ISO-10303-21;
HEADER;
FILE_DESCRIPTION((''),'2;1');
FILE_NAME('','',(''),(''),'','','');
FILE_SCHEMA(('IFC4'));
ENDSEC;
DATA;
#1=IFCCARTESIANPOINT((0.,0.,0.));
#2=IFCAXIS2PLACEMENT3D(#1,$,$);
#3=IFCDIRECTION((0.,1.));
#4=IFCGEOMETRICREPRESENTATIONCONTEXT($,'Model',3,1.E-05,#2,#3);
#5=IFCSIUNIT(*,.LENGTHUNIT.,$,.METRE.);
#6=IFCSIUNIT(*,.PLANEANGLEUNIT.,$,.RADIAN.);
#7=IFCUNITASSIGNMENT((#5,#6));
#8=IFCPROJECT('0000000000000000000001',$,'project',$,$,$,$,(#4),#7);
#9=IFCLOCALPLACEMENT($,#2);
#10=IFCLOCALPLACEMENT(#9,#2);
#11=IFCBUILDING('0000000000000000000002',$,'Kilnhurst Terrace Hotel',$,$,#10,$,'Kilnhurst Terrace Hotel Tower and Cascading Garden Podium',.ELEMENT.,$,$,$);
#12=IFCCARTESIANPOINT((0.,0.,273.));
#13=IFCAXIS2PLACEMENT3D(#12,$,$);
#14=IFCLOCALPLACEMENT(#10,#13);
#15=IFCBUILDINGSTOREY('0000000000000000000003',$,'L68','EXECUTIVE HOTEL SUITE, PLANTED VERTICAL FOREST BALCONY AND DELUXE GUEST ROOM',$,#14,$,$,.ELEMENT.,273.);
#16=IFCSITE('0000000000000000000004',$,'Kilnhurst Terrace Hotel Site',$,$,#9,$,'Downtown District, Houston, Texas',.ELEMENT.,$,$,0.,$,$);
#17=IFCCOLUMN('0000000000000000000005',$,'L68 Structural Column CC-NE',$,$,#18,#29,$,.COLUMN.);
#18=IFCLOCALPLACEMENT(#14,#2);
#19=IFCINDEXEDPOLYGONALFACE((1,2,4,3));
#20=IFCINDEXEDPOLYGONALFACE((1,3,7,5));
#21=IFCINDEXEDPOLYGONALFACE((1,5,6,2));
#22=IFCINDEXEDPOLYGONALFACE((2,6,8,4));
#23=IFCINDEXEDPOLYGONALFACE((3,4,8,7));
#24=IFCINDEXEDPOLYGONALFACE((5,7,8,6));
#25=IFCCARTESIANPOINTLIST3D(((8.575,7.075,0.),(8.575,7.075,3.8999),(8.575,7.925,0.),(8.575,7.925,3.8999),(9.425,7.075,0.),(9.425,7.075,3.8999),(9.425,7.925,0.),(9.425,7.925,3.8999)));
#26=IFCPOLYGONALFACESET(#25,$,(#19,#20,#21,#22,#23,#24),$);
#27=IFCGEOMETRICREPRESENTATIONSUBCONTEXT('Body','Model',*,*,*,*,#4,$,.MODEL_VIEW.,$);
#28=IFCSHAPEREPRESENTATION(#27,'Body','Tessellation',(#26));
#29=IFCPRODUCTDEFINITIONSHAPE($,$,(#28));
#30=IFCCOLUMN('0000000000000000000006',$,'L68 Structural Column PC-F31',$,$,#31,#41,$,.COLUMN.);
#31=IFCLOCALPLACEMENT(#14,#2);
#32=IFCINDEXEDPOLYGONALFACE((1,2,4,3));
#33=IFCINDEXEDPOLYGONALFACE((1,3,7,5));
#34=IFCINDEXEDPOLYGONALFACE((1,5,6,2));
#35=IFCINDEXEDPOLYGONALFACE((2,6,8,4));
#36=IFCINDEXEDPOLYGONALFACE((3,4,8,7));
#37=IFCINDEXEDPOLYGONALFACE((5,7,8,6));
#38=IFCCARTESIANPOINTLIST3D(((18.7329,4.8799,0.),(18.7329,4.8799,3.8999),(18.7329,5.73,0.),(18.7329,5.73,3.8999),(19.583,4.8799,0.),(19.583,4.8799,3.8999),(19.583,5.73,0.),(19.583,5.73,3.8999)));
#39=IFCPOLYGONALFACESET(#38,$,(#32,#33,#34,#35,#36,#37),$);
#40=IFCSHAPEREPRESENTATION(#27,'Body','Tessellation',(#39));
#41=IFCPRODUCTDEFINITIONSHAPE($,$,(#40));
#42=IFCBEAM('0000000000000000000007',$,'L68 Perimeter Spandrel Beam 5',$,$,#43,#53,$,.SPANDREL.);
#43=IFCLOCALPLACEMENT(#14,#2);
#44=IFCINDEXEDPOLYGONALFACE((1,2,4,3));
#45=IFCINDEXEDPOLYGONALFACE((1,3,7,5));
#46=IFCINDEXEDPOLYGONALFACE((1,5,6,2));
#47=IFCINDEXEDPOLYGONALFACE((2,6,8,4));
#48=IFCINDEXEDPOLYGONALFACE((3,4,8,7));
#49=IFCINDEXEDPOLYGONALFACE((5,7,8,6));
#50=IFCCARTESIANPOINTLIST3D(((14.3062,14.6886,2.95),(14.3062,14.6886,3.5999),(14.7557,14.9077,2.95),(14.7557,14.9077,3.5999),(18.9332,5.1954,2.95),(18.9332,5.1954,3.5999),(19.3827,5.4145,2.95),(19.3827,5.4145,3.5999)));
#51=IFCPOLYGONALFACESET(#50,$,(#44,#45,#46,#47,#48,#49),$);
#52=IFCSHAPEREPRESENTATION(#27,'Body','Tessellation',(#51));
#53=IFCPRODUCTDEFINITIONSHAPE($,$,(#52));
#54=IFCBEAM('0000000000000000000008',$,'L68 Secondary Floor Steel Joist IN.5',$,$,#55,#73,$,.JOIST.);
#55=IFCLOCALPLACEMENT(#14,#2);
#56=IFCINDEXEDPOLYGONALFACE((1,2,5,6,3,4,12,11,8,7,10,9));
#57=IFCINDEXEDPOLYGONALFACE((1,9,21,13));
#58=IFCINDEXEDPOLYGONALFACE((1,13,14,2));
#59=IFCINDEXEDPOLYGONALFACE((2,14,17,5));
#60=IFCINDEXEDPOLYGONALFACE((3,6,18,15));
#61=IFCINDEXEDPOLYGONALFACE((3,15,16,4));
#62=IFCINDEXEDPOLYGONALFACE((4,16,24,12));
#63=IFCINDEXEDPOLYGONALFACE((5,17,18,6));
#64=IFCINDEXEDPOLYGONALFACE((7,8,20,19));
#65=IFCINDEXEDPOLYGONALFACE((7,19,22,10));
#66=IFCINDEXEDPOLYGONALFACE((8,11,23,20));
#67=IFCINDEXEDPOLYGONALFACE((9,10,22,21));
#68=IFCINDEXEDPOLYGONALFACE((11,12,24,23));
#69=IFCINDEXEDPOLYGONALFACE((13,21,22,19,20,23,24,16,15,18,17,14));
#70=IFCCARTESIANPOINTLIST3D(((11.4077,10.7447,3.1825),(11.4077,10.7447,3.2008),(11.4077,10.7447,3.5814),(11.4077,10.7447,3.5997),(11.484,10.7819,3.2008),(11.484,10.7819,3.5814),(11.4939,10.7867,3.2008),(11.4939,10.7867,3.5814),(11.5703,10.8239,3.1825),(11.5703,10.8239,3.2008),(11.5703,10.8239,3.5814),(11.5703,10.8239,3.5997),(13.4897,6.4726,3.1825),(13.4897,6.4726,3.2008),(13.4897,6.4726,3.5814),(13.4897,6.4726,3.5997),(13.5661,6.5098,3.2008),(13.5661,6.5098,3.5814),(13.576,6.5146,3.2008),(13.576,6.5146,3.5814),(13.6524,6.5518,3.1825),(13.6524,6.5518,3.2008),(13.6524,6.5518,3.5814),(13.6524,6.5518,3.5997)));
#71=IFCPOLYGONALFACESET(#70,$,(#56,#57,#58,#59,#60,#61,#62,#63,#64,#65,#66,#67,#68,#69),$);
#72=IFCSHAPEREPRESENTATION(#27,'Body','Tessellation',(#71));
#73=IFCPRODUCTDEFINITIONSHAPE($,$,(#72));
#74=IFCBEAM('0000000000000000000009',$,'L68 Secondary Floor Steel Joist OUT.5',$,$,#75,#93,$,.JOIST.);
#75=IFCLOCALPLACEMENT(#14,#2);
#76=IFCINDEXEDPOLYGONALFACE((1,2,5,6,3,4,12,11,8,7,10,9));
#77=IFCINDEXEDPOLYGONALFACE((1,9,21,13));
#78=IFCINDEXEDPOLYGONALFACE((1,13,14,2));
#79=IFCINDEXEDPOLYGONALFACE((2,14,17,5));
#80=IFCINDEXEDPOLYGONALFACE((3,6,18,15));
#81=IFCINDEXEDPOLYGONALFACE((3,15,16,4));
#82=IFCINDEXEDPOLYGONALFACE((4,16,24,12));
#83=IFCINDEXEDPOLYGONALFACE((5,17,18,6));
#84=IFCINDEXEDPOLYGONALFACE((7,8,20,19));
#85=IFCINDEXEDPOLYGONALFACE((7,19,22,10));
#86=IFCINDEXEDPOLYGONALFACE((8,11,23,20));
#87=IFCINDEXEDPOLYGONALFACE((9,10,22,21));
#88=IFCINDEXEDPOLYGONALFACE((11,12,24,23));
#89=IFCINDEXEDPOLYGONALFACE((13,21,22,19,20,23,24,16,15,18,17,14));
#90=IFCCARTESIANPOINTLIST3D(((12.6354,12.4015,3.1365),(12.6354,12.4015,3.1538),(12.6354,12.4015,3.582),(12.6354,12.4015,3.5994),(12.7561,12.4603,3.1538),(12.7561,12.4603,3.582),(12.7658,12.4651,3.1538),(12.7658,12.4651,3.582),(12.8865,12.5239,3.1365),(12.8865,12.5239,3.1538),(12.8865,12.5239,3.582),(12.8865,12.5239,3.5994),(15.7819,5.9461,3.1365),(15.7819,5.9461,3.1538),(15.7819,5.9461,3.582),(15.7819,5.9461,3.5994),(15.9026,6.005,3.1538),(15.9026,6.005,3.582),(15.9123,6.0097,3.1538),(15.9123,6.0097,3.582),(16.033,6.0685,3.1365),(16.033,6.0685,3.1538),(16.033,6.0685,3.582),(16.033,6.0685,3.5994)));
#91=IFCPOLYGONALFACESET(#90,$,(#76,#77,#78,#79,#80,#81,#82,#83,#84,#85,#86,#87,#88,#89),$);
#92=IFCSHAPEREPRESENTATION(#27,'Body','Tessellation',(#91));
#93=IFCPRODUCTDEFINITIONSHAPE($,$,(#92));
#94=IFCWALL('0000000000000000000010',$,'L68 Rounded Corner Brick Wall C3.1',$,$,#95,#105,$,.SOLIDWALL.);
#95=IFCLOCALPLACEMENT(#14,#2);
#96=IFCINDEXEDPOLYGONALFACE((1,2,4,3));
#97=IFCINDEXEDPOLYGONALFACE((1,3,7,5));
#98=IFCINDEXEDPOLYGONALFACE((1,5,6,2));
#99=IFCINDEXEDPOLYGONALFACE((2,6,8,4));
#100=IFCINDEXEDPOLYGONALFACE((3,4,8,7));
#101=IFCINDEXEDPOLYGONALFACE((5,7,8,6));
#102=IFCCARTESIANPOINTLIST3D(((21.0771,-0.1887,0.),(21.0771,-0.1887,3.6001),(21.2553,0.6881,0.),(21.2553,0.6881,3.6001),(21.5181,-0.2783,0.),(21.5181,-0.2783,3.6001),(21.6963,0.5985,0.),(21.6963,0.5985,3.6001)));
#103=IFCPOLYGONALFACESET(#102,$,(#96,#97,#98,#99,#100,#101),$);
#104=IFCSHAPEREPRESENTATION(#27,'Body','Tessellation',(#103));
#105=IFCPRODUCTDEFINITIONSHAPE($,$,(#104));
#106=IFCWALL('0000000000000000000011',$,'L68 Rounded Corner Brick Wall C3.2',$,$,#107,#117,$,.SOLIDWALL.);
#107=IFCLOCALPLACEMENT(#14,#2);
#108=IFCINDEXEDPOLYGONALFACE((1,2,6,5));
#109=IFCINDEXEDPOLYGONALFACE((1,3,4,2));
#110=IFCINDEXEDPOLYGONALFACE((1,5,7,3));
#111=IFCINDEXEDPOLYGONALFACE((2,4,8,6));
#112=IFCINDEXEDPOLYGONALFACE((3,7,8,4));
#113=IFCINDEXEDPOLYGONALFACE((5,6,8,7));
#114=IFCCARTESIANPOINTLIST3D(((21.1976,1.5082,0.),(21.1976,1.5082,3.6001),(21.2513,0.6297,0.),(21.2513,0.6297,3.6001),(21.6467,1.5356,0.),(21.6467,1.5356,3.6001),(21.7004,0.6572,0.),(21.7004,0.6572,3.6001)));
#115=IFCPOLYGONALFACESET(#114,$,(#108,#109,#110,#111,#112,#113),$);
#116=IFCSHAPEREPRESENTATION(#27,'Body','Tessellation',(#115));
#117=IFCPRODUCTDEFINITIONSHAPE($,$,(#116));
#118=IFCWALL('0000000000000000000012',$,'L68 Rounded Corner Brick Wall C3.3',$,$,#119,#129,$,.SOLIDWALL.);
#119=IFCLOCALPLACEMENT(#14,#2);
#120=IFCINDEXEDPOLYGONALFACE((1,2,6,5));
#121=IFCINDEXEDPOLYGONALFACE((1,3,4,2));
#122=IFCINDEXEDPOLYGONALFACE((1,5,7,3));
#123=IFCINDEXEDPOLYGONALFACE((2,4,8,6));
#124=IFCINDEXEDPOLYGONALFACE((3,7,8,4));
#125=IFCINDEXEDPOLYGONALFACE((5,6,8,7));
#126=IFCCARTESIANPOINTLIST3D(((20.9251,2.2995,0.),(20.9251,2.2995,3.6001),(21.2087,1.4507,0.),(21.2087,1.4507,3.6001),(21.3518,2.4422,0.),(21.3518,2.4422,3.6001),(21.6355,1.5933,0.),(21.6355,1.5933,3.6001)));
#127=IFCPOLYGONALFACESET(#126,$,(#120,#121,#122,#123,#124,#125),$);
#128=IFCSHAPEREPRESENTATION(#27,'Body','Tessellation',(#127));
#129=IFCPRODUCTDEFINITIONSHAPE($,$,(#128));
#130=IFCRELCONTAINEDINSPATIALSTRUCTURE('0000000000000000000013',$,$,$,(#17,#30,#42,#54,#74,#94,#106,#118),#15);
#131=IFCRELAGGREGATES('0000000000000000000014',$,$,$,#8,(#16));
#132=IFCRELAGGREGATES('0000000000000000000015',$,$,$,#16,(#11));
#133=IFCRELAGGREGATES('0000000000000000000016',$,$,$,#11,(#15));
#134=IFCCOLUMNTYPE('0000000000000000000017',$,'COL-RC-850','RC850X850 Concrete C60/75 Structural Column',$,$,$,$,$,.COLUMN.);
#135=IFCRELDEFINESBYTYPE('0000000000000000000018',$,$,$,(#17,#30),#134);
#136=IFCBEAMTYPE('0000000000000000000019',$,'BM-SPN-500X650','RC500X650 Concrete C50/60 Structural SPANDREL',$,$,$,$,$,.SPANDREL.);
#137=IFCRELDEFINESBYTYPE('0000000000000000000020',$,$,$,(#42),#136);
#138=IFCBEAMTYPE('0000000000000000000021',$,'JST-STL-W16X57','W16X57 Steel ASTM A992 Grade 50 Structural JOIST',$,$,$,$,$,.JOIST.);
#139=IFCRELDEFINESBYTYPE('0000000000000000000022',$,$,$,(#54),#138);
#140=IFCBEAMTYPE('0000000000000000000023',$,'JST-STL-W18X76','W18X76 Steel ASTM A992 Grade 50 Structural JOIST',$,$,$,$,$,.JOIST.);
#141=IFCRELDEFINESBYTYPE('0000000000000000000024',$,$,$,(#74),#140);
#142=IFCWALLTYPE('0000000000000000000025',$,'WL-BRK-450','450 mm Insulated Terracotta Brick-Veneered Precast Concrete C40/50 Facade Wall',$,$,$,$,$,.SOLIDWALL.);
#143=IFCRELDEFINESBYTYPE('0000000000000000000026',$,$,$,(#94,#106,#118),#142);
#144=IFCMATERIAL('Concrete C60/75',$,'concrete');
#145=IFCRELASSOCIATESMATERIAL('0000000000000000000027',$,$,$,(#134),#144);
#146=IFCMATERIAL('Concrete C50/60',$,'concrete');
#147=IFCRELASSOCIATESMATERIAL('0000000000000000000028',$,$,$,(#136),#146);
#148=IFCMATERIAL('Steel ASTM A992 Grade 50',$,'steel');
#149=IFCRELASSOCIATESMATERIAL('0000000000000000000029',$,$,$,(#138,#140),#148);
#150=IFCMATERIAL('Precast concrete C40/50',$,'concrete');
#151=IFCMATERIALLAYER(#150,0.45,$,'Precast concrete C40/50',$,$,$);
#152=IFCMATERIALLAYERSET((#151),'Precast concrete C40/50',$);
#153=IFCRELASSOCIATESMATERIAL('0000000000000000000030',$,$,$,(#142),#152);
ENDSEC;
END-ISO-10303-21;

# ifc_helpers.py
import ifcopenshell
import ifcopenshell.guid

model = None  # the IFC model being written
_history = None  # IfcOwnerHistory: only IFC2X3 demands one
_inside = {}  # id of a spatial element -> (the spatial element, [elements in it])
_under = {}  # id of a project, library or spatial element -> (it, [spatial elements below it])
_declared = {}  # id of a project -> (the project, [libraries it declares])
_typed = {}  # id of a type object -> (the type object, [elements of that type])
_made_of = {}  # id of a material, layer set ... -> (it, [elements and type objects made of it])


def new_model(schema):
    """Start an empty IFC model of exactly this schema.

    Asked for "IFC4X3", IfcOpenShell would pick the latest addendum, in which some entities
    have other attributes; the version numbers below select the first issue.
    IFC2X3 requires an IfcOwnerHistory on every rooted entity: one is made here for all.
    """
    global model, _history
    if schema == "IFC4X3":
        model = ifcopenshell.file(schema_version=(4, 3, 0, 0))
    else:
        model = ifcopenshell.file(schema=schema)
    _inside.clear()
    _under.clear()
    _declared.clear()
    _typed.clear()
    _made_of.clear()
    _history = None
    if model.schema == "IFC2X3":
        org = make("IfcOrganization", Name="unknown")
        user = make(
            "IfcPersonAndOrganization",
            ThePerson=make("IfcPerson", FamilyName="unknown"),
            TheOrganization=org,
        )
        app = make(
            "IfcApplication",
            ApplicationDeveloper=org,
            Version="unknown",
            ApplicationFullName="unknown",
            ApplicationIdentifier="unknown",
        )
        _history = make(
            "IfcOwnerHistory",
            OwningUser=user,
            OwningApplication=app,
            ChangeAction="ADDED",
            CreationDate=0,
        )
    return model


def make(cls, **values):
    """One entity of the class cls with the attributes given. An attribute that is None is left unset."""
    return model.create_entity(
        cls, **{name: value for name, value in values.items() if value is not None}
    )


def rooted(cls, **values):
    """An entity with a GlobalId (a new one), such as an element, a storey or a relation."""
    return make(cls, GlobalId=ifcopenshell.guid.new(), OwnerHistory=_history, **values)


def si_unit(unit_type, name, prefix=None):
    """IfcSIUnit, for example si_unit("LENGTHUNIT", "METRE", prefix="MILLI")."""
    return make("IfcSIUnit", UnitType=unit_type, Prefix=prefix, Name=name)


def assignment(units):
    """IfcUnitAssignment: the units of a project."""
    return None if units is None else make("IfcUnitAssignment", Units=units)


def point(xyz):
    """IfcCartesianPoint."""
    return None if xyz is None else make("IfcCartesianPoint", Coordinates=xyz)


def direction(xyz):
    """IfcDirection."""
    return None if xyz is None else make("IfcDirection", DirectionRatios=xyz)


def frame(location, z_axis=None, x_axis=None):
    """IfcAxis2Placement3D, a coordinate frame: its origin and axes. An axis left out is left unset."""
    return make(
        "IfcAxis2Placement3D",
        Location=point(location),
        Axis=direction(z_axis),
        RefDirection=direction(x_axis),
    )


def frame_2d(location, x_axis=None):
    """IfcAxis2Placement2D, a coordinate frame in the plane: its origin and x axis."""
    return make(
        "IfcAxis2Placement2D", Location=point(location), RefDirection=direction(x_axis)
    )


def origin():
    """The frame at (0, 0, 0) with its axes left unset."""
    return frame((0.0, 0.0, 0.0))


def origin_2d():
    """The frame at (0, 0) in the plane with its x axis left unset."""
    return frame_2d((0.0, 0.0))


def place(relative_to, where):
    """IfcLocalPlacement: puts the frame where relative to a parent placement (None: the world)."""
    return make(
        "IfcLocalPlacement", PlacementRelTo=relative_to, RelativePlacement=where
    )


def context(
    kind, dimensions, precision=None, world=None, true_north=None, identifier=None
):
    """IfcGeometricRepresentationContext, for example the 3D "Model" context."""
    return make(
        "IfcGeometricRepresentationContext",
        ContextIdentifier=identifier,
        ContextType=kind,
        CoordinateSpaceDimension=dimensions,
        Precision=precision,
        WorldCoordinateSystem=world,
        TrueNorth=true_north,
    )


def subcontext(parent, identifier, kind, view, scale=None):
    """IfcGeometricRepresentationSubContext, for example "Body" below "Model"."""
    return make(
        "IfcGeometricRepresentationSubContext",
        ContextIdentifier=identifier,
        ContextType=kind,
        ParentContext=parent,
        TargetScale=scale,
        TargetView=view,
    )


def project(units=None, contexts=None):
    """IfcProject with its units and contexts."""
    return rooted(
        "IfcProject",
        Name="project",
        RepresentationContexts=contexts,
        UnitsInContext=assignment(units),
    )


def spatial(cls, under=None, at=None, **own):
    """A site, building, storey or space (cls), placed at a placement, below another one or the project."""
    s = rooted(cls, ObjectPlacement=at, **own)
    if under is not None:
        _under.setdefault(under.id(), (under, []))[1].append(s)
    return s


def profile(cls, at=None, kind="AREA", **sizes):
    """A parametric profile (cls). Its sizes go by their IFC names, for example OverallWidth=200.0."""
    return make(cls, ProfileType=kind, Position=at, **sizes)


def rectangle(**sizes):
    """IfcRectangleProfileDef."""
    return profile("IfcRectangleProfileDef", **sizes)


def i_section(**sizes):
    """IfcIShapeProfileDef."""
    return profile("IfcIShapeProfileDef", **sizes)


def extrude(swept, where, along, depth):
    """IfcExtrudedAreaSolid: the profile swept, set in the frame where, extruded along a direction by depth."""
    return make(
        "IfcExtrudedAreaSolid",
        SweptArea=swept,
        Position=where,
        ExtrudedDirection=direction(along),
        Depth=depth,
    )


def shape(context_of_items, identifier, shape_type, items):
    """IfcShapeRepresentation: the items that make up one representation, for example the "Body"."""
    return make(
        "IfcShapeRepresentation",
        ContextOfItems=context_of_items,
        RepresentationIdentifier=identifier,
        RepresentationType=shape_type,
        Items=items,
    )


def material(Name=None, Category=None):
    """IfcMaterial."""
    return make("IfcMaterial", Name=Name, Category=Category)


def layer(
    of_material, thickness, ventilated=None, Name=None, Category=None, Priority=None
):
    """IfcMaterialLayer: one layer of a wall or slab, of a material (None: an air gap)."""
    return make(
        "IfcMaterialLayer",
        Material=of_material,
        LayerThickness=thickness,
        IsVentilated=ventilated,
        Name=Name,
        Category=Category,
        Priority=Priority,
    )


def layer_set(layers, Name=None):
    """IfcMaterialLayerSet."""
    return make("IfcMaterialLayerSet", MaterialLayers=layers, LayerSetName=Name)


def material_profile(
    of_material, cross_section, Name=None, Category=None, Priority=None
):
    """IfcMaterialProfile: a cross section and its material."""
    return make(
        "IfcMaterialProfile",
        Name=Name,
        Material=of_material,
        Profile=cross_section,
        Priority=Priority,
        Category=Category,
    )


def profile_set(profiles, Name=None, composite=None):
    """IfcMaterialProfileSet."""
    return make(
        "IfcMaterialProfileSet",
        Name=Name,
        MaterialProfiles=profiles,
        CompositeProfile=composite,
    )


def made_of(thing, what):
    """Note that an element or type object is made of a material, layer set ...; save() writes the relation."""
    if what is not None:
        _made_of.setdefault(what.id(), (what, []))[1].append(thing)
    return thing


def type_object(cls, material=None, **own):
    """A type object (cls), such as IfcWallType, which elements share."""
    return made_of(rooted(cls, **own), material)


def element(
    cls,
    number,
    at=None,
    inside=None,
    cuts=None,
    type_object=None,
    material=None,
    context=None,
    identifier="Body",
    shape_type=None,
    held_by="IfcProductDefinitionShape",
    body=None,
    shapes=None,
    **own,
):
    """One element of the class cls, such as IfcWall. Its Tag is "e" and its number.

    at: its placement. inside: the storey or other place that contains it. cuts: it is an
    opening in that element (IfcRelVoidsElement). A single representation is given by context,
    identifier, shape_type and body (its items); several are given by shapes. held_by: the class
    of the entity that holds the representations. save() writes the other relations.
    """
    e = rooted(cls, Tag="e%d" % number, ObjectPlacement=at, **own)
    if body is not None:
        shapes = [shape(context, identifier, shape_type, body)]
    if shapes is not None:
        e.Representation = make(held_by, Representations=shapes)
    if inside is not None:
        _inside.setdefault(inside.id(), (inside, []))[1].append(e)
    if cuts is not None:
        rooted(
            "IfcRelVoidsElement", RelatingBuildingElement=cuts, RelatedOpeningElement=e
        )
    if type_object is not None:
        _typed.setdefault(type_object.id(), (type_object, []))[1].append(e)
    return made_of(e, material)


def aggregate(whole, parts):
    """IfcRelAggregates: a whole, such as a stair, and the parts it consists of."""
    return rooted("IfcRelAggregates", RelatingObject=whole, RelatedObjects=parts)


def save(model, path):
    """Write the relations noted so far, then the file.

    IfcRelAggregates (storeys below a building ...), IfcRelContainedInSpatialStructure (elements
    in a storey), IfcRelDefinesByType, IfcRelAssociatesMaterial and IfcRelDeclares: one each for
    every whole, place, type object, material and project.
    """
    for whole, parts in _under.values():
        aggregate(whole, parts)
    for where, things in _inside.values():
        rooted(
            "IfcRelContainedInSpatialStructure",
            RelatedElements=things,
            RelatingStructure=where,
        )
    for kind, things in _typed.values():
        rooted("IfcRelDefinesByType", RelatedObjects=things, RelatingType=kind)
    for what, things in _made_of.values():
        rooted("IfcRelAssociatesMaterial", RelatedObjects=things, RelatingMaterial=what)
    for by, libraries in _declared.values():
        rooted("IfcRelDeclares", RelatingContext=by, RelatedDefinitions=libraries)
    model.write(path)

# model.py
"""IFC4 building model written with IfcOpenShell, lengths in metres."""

from ifc_helpers import new_model, si_unit, direction, frame, frame_2d, origin, origin_2d, place, context, subcontext, project, spatial, rectangle, i_section, extrude, material, layer, layer_set, material_profile, profile_set, type_object, element, save


model = new_model("IFC4")

# Units and contexts
model_context = context("Model", 3, precision=1e-05, world=origin(), true_north=direction((0.0, 1.0)))
body_context = subcontext(model_context, "Body", "Model", "MODEL_VIEW")
ifc_project = project(units=[si_unit("LENGTHUNIT", "METRE"), si_unit("PLANEANGLEUNIT", "RADIAN")], contexts=[model_context])

# Site, building, storey
site_placement = place(None, origin())
site = spatial("IfcSite", under=ifc_project, at=site_placement, Name="Kilnhurst Terrace Hotel Site", LongName="Downtown District, Houston, Texas", CompositionType="ELEMENT", RefElevation=0.0)
building_placement = place(site_placement, origin())
building = spatial("IfcBuilding", under=site, at=building_placement, Name="Kilnhurst Terrace Hotel", LongName="Kilnhurst Terrace Hotel Tower and Cascading Garden Podium", CompositionType="ELEMENT")
storey_placement = place(building_placement, frame((0.0, 0.0, 273.0)))
storey = spatial("IfcBuildingStorey", under=building, at=storey_placement, Name="L68", Description="EXECUTIVE HOTEL SUITE, PLANTED VERTICAL FOREST BALCONY AND DELUXE GUEST ROOM", CompositionType="ELEMENT", Elevation=273.0)

# Columns
ifc_material_1 = material(Name="Concrete C60/75", Category="concrete")
ifc_material_profile_1 = material_profile(ifc_material_1, rectangle(XDim=0.8501, YDim=0.8501, at=origin_2d()), Name="RC850X850")
ifc_profile_set_1 = profile_set([ifc_material_profile_1], Name="Concrete C60/75")
column_type = type_object("IfcColumnType", Name="COL-RC-850", Description="RC850X850 Concrete C60/75 Structural Column", PredefinedType="COLUMN", material=ifc_profile_set_1)
for number, where, z_axis, x_axis, name in (
    (1, (9.0, 7.5, 0.0), (0.0, 0.0, 1.0), (1.0, 0.0, 0.0), "L68 Structural Column CC-NE"),
    (2, (19.158, 5.3049, 0.0), (0.0, 0.0, 1.0), (1.0, 0.0, 0.0), "L68 Structural Column PC-F31"),
):
    element("IfcColumn", number, at=place(storey_placement, frame(where, z_axis=z_axis, x_axis=x_axis)), inside=storey, type_object=column_type, Name=name, PredefinedType="COLUMN", context=body_context, shape_type="SweptSolid", body=[
        extrude(rectangle(XDim=0.8501, YDim=0.8501, at=origin_2d()), origin(), (0.0, 0.0, 1.0), 3.8999),
    ])

# Beams
ifc_material_2 = material(Name="Concrete C50/60", Category="concrete")
ifc_material_profile_2 = material_profile(ifc_material_2, rectangle(XDim=0.5, YDim=0.6499, at=origin_2d()), Name="RC500X650")
ifc_profile_set_2 = profile_set([ifc_material_profile_2], Name="Concrete C50/60")
beam_type_1 = type_object("IfcBeamType", Name="BM-SPN-500X650", Description="RC500X650 Concrete C50/60 Structural SPANDREL", PredefinedType="SPANDREL", material=ifc_profile_set_2)
beam_1_placement = place(storey_placement, frame((19.158, 5.3049, 3.2749), z_axis=(-0.438128, 0.898912, 0.0), x_axis=(-0.898912, -0.438128, 0.0)))
element("IfcBeam", 3, at=beam_1_placement, inside=storey, type_object=beam_type_1, Name="L68 Perimeter Spandrel Beam 5", PredefinedType="SPANDREL", context=body_context, shape_type="SweptSolid", body=[
    extrude(rectangle(XDim=0.5, YDim=0.6499, at=origin_2d()), origin(), (0.0, 0.0, 1.0), 10.5608),
])
ifc_material_3 = material(Name="Steel ASTM A992 Grade 50", Category="steel")
ifc_material_profile_3 = material_profile(ifc_material_3, i_section(OverallWidth=0.1809, OverallDepth=0.4172, WebThickness=0.011, FlangeThickness=0.0183, at=origin_2d()), Name="W16X57")
ifc_profile_set_3 = profile_set([ifc_material_profile_3], Name="Steel ASTM A992 Grade 50")
beam_type_2 = type_object("IfcBeamType", Name="JST-STL-W16X57", Description="W16X57 Steel ASTM A992 Grade 50 Structural JOIST", PredefinedType="JOIST", material=ifc_profile_set_3)
beam_2_placement = place(storey_placement, frame((13.571, 6.5122, 3.3911), z_axis=(-0.438108, 0.898922, 0.0), x_axis=(-0.898922, -0.438108, 0.0)))
element("IfcBeam", 4, at=beam_2_placement, inside=storey, type_object=beam_type_2, Name="L68 Secondary Floor Steel Joist IN.5", PredefinedType="JOIST", context=body_context, shape_type="SweptSolid", body=[
    extrude(i_section(OverallWidth=0.1809, OverallDepth=0.4172, WebThickness=0.011, FlangeThickness=0.0183, at=origin_2d()), origin(), (0.0, 0.0, 1.0), 4.7524),
])
ifc_material_profile_4 = material_profile(ifc_material_3, i_section(OverallWidth=0.2793, OverallDepth=0.4629, WebThickness=0.0107, FlangeThickness=0.0173, at=origin_2d()), Name="W18X76")
ifc_profile_set_4 = profile_set([ifc_material_profile_4], Name="Steel ASTM A992 Grade 50")
beam_type_3 = type_object("IfcBeamType", Name="JST-STL-W18X76", Description="W18X76 Steel ASTM A992 Grade 50 Structural JOIST", PredefinedType="JOIST", material=ifc_profile_set_4)
beam_3_placement = place(storey_placement, frame((15.9075, 6.0073, 3.3679), z_axis=(-0.438148, 0.898903, 0.0), x_axis=(-0.898903, -0.438148, 0.0)))
element("IfcBeam", 5, at=beam_3_placement, inside=storey, type_object=beam_type_3, Name="L68 Secondary Floor Steel Joist OUT.5", PredefinedType="JOIST", context=body_context, shape_type="SweptSolid", body=[
    extrude(i_section(OverallWidth=0.2793, OverallDepth=0.4629, WebThickness=0.0107, FlangeThickness=0.0173, at=origin_2d()), origin(), (0.0, 0.0, 1.0), 7.1814),
])

# Walls
ifc_material_4 = material(Name="Precast concrete C40/50", Category="concrete")
ifc_layer_1 = layer(ifc_material_4, 0.45, Name="Precast concrete C40/50")
ifc_layer_set_1 = layer_set([ifc_layer_1], Name="Precast concrete C40/50")
wall_type_1 = type_object("IfcWallType", Name="WL-BRK-450", Description="450 mm Insulated Terracotta Brick-Veneered Precast Concrete C40/50 Facade Wall", PredefinedType="SOLIDWALL", material=ifc_layer_set_1)
wall_1_placement = place(storey_placement, frame((21.2976, -0.2334, 0.0), z_axis=(0.0, 0.0, 1.0), x_axis=(0.199158, 0.979967, 0.0)))
element("IfcWall", 6, at=wall_1_placement, inside=storey, type_object=wall_type_1, Name="L68 Rounded Corner Brick Wall C3.1", PredefinedType="SOLIDWALL", context=body_context, shape_type="SweptSolid", body=[
    extrude(rectangle(XDim=0.8948, YDim=0.45, at=frame_2d((0.4473, 0.0))), origin(), (0.0, 0.0, 1.0), 3.6001),
])
wall_2_placement = place(storey_placement, frame((21.4758, 0.6436, 0.0), z_axis=(0.0, 0.0, 1.0), x_axis=(-0.061031, 0.998136, 0.0)))
element("IfcWall", 7, at=wall_2_placement, inside=storey, type_object=wall_type_1, Name="L68 Rounded Corner Brick Wall C3.2", PredefinedType="SOLIDWALL", context=body_context, shape_type="SweptSolid", body=[
    extrude(rectangle(XDim=0.8801, YDim=0.45, at=frame_2d((0.4399, 0.0))), origin(), (0.0, 0.0, 1.0), 3.6001),
])
wall_3_placement = place(storey_placement, frame((21.4221, 1.522, 0.0), z_axis=(0.0, 0.0, 1.0), x_axis=(-0.316964, 0.948438, 0.0)))
element("IfcWall", 8, at=wall_3_placement, inside=storey, type_object=wall_type_1, Name="L68 Rounded Corner Brick Wall C3.3", PredefinedType="SOLIDWALL", context=body_context, shape_type="SweptSolid", body=[
    extrude(rectangle(XDim=0.895, YDim=0.45, at=frame_2d((0.4475, 0.0))), origin(), (0.0, 0.0, 1.0), 3.6001),
])

save(model, "model.ifc")
